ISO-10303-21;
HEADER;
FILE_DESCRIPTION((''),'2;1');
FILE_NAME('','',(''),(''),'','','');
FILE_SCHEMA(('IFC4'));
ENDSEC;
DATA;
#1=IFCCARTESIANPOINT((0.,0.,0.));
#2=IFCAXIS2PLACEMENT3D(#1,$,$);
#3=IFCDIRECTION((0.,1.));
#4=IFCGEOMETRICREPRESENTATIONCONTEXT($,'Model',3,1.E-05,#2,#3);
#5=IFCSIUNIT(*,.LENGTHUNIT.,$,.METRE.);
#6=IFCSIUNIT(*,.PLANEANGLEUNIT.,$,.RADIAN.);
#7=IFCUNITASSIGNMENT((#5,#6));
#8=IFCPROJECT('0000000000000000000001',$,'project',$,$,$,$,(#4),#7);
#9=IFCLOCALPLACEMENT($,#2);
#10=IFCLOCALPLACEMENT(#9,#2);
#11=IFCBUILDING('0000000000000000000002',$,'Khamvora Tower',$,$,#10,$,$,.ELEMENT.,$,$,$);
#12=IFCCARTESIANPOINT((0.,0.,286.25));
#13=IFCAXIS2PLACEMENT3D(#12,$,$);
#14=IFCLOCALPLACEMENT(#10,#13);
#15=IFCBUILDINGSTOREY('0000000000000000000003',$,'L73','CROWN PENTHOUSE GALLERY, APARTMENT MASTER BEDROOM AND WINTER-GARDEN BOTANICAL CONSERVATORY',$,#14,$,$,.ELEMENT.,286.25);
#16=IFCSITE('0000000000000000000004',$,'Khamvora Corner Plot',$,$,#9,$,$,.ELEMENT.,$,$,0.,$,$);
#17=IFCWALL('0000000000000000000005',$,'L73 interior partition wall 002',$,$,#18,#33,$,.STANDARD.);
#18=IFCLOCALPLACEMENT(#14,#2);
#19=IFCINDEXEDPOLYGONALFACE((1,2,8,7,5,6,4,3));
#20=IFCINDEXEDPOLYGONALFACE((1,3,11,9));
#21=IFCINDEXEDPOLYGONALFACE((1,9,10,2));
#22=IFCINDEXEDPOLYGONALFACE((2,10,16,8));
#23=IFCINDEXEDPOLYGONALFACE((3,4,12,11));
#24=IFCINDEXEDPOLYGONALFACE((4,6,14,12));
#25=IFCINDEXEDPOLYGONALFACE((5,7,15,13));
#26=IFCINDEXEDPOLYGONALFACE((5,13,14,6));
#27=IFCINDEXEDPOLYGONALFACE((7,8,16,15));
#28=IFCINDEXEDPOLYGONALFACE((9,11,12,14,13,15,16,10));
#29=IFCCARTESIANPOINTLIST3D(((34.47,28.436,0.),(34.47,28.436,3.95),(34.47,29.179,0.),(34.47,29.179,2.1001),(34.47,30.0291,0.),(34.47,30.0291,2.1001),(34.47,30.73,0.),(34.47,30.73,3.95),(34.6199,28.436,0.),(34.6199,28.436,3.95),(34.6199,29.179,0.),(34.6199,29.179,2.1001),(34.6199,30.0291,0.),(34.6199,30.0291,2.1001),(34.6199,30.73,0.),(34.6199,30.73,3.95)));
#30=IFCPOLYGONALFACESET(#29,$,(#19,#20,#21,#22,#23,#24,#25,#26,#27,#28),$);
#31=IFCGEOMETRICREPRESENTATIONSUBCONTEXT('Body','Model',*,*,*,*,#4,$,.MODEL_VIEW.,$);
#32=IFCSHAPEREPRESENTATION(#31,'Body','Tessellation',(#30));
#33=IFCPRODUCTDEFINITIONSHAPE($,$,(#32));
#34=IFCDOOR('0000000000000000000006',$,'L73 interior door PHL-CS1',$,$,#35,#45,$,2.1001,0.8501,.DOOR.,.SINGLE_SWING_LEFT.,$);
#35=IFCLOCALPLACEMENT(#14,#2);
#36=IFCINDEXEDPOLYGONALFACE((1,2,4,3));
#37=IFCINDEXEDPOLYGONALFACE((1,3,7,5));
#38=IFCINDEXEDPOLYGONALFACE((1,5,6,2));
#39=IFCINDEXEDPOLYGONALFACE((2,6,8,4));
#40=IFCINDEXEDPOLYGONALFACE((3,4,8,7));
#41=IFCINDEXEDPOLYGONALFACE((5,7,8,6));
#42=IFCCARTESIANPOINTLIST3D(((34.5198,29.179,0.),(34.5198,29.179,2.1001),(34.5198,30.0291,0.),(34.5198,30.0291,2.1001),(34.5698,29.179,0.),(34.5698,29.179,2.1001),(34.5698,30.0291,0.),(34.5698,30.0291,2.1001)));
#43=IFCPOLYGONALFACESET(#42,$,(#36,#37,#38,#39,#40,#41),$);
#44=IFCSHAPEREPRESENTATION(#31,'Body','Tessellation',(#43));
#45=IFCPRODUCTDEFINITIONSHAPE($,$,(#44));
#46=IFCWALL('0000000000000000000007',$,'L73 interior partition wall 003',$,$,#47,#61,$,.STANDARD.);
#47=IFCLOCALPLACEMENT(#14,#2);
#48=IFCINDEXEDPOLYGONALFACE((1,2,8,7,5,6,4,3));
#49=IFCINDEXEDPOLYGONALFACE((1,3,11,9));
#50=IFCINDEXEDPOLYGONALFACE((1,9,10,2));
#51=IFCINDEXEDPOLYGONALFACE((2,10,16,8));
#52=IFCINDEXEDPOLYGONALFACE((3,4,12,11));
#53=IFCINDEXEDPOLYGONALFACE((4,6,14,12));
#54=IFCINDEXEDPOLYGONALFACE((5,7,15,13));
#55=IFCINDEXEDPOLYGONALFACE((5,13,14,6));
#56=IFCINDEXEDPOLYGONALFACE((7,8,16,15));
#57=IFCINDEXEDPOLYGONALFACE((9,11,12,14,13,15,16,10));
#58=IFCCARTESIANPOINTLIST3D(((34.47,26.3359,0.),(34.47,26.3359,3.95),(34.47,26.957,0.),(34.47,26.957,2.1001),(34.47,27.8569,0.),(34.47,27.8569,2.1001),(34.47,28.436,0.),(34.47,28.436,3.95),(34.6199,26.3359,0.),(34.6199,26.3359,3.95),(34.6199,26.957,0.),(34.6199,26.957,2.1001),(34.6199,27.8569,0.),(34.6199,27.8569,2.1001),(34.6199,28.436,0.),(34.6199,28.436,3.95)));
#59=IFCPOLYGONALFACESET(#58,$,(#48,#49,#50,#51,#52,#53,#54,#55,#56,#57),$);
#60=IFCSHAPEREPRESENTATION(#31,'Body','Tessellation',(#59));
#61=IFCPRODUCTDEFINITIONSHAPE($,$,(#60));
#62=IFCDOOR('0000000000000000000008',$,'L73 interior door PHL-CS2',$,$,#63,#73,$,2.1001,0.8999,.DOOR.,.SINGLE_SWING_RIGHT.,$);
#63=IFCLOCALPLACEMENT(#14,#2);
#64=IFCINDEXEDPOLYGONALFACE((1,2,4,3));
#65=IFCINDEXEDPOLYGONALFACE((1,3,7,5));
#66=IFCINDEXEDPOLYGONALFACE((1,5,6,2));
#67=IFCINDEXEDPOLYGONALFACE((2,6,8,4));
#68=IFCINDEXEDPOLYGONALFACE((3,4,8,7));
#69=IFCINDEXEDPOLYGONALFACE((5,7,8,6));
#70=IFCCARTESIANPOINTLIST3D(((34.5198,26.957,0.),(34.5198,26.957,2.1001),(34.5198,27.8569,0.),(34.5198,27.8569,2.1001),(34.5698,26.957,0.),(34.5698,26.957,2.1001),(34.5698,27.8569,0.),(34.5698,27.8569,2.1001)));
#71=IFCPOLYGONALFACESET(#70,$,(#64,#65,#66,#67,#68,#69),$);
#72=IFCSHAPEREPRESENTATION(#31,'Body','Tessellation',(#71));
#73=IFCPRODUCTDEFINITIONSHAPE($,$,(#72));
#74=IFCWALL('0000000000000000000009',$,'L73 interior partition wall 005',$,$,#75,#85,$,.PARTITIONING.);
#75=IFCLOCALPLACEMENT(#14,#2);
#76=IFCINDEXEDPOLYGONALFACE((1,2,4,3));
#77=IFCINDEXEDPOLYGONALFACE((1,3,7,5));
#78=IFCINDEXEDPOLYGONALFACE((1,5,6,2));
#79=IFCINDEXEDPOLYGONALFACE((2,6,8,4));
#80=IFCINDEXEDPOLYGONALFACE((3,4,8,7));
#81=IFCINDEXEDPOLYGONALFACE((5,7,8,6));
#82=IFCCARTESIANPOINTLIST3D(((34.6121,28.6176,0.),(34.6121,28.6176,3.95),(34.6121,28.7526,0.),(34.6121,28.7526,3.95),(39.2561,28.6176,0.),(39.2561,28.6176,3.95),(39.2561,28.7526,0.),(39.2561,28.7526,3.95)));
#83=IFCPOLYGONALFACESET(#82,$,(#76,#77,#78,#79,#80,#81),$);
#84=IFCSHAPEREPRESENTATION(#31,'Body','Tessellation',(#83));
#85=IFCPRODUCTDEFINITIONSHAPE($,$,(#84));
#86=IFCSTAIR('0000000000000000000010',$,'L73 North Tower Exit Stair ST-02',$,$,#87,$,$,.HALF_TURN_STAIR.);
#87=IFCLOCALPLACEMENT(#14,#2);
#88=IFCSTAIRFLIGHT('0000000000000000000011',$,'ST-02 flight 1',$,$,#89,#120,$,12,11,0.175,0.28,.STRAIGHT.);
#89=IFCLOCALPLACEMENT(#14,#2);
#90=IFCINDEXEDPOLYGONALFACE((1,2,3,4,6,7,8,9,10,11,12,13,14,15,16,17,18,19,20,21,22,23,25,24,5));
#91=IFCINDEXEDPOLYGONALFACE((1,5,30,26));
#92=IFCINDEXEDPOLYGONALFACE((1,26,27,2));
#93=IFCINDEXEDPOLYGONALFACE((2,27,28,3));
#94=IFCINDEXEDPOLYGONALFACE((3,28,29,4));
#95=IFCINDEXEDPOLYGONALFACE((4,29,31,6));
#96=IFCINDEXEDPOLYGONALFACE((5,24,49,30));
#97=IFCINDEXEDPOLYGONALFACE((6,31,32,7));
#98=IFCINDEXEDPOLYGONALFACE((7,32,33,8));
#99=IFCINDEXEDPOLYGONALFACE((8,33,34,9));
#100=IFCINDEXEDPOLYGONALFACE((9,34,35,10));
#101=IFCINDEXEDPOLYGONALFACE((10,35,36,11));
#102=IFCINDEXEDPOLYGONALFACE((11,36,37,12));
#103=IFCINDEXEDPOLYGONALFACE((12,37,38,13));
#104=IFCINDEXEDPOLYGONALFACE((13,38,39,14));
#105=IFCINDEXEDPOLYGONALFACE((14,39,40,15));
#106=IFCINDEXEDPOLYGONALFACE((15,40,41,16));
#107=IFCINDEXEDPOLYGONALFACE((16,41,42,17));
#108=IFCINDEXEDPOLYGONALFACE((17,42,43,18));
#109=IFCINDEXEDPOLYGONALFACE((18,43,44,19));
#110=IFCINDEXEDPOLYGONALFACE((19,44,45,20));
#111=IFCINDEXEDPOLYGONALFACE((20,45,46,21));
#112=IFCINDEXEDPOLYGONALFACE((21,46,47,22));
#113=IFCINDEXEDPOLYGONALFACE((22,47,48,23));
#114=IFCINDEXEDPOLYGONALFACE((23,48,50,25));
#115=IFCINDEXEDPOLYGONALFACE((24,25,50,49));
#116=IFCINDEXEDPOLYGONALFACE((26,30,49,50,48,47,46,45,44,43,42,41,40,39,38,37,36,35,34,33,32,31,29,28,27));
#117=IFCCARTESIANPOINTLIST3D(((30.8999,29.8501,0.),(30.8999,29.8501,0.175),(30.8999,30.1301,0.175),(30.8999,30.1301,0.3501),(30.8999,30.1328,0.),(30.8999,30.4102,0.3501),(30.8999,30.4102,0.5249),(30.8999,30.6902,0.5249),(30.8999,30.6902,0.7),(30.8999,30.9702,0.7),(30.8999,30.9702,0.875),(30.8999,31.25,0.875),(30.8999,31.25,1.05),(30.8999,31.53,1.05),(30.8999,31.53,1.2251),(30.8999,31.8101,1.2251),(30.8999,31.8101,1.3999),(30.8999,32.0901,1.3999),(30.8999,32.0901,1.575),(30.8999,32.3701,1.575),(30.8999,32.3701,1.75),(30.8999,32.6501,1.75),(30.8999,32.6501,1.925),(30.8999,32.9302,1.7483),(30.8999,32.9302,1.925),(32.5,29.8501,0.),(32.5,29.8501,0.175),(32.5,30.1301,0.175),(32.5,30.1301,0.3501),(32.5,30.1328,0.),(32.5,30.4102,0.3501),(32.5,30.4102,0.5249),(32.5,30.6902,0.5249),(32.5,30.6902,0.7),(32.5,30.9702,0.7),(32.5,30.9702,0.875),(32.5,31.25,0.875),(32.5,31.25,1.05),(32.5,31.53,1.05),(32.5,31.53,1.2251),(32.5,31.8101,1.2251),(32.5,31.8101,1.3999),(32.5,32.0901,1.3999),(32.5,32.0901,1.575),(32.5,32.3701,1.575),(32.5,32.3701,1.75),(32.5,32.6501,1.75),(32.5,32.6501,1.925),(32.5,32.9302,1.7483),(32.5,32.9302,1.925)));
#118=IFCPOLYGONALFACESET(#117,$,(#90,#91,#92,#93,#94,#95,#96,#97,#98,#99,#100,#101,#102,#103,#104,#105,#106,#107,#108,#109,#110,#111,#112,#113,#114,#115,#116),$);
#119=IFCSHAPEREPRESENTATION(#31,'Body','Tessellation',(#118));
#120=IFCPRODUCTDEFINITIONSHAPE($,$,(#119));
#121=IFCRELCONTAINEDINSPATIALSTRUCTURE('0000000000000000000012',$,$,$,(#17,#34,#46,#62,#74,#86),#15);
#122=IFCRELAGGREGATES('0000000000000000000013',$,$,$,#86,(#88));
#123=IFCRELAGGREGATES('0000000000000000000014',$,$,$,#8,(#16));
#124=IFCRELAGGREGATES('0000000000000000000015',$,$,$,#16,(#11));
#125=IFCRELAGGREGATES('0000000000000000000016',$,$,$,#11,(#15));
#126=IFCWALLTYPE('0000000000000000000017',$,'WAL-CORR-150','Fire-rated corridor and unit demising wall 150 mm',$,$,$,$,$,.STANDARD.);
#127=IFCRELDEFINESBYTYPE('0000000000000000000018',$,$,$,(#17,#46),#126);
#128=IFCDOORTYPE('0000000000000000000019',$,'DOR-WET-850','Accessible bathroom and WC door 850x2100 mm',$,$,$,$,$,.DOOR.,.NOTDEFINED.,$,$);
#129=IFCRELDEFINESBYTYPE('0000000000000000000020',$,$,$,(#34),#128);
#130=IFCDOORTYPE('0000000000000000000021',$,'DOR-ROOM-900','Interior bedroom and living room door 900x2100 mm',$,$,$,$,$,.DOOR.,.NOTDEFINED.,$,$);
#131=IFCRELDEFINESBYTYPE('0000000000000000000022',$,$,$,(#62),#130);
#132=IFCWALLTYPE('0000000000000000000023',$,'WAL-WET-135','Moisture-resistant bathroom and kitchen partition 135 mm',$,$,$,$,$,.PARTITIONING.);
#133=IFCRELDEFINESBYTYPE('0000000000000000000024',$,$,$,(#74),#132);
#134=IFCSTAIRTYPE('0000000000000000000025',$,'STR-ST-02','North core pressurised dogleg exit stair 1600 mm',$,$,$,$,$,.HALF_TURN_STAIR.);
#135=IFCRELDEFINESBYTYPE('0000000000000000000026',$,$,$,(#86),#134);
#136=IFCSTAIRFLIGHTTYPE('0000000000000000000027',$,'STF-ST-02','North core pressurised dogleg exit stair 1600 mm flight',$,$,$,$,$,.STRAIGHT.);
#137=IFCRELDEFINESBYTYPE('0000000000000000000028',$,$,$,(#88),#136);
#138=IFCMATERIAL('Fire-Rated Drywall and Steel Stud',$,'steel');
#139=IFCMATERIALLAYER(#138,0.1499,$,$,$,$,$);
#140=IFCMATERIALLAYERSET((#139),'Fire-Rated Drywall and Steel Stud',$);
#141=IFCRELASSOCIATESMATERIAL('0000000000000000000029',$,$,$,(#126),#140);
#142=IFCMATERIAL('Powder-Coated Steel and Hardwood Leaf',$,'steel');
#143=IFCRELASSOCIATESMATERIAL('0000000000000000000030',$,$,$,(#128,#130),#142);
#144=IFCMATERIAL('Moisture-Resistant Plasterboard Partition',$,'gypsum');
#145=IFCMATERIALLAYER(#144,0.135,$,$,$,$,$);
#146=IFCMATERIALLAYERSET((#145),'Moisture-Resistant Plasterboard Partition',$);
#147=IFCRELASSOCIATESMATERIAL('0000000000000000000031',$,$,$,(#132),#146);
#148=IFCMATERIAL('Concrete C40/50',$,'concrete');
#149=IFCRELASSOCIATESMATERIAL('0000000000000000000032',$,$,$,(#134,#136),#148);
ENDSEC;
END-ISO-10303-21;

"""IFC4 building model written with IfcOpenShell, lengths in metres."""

from ifc_helpers import new_model, si_unit, direction, frame, frame_2d, origin, place, context, subcontext, project, spatial, polyline, rectangle, outline, extrude, material, layer, layer_set, type_object, element, fill, aggregate, save


model = new_model("IFC4")

# Units and contexts
model_context = context("Model", 3, precision=1e-05, world=origin(), true_north=direction((0.0, 1.0)))
body_context = subcontext(model_context, "Body", "Model", "MODEL_VIEW")
ifc_project = project(units=[si_unit("LENGTHUNIT", "METRE"), si_unit("PLANEANGLEUNIT", "RADIAN")], contexts=[model_context])

# Site, building, storey
site_placement = place(None, origin())
site = spatial("IfcSite", under=ifc_project, at=site_placement, Name="Khamvora Corner Plot", CompositionType="ELEMENT", RefElevation=0.0)
building_placement = place(site_placement, origin())
building = spatial("IfcBuilding", under=site, at=building_placement, Name="Khamvora Tower", CompositionType="ELEMENT")
storey_placement = place(building_placement, frame((0.0, 0.0, 286.25)))
storey = spatial("IfcBuildingStorey", under=building, at=storey_placement, Name="L73", Description="CROWN PENTHOUSE GALLERY, APARTMENT MASTER BEDROOM AND WINTER-GARDEN BOTANICAL CONSERVATORY", CompositionType="ELEMENT", Elevation=286.25)

# Shared definitions
ifc_material_1 = material(Name="Powder-Coated Steel and Hardwood Leaf", Category="steel")

# Shared definitions
ifc_material_2 = material(Name="Fire-Rated Drywall and Steel Stud", Category="steel")
ifc_layer_1 = layer(ifc_material_2, 0.1499)
ifc_layer_set_1 = layer_set([ifc_layer_1], Name="Fire-Rated Drywall and Steel Stud")
wall_type_1 = type_object("IfcWallType", Name="WAL-CORR-150", Description="Fire-rated corridor and unit demising wall 150 mm", PredefinedType="STANDARD", material=ifc_layer_set_1)

# Walls, openings, doors
wall_1_placement = place(storey_placement, frame((34.5449, 30.73, 0.0), z_axis=(0.0, 0.0, 1.0), x_axis=(0.0, -1.0, 0.0)))
wall_1 = element("IfcWall", 1, at=wall_1_placement, inside=storey, type_object=wall_type_1, Name="L73 interior partition wall 002", PredefinedType="STANDARD", context=body_context, shape_type="SweptSolid", body=[
    extrude(rectangle(XDim=2.2939, YDim=0.1499, at=frame_2d((1.147, 0.0))), origin(), (0.0, 0.0, 1.0), 3.95),
])
opening_1_placement = place(wall_1_placement, frame((0.7009, 0.0, 0.0)))
opening_1 = element("IfcOpeningElement", 2, at=opening_1_placement, cuts=wall_1, PredefinedType="OPENING", context=body_context, shape_type="SweptSolid", body=[
    extrude(rectangle(XDim=0.8501, YDim=2.1001, at=frame_2d((0.425, 1.05))), frame((0.0, 0.085, 0.0), z_axis=(0.0, -1.0, 0.0), x_axis=(1.0, 0.0, 0.0)), (0.0, 0.0, 1.0), 0.1699),
])
door_type_1 = type_object("IfcDoorType", Name="DOR-WET-850", Description="Accessible bathroom and WC door 850x2100 mm", OperationType="NOTDEFINED", PredefinedType="DOOR", material=ifc_material_1)
door_1_placement = place(opening_1_placement, origin())
door_1 = element("IfcDoor", 3, at=door_1_placement, inside=storey, type_object=door_type_1, Name="L73 interior door PHL-CS1", OperationType="SINGLE_SWING_LEFT", OverallHeight=2.1001, OverallWidth=0.8501, PredefinedType="DOOR", context=body_context, shape_type="SweptSolid", body=[
    extrude(rectangle(XDim=0.8501, YDim=2.1001, at=frame_2d((0.425, 1.05))), frame((0.0, 0.0249, 0.0), z_axis=(0.0, -1.0, 0.0), x_axis=(1.0, 0.0, 0.0)), (0.0, 0.0, 1.0), 0.05),
])
fill(opening_1, door_1)
wall_2_placement = place(storey_placement, frame((34.5449, 28.436, 0.0), z_axis=(0.0, 0.0, 1.0), x_axis=(0.0, -1.0, 0.0)))
wall_2 = element("IfcWall", 4, at=wall_2_placement, inside=storey, type_object=wall_type_1, Name="L73 interior partition wall 003", PredefinedType="STANDARD", context=body_context, shape_type="SweptSolid", body=[
    extrude(rectangle(XDim=2.1001, YDim=0.1499, at=frame_2d((1.05, 0.0))), origin(), (0.0, 0.0, 1.0), 3.95),
])
opening_2_placement = place(wall_2_placement, frame((0.5791, 0.0, 0.0)))
opening_2 = element("IfcOpeningElement", 5, at=opening_2_placement, cuts=wall_2, PredefinedType="OPENING", context=body_context, shape_type="SweptSolid", body=[
    extrude(rectangle(XDim=0.8999, YDim=2.1001, at=frame_2d((0.45, 1.05))), frame((0.0, 0.085, 0.0), z_axis=(0.0, -1.0, 0.0), x_axis=(1.0, 0.0, 0.0)), (0.0, 0.0, 1.0), 0.1699),
])
door_type_2 = type_object("IfcDoorType", Name="DOR-ROOM-900", Description="Interior bedroom and living room door 900x2100 mm", OperationType="NOTDEFINED", PredefinedType="DOOR", material=ifc_material_1)
door_2_placement = place(opening_2_placement, origin())
door_2 = element("IfcDoor", 6, at=door_2_placement, inside=storey, type_object=door_type_2, Name="L73 interior door PHL-CS2", OperationType="SINGLE_SWING_RIGHT", OverallHeight=2.1001, OverallWidth=0.8999, PredefinedType="DOOR", context=body_context, shape_type="SweptSolid", body=[
    extrude(rectangle(XDim=0.8999, YDim=2.1001, at=frame_2d((0.45, 1.05))), frame((0.0, 0.0249, 0.0), z_axis=(0.0, -1.0, 0.0), x_axis=(1.0, 0.0, 0.0)), (0.0, 0.0, 1.0), 0.05),
])
fill(opening_2, door_2)

# Wall
ifc_material_3 = material(Name="Moisture-Resistant Plasterboard Partition", Category="gypsum")
ifc_layer_2 = layer(ifc_material_3, 0.135)
ifc_layer_set_2 = layer_set([ifc_layer_2], Name="Moisture-Resistant Plasterboard Partition")
wall_type_2 = type_object("IfcWallType", Name="WAL-WET-135", Description="Moisture-resistant bathroom and kitchen partition 135 mm", PredefinedType="PARTITIONING", material=ifc_layer_set_2)
wall_3_placement = place(storey_placement, frame((39.2561, 28.6851, 0.0), z_axis=(0.0, 0.0, 1.0), x_axis=(-1.0, 0.0, 0.0)))
element("IfcWall", 7, at=wall_3_placement, inside=storey, type_object=wall_type_2, Name="L73 interior partition wall 005", PredefinedType="PARTITIONING", context=body_context, shape_type="SweptSolid", body=[
    extrude(rectangle(XDim=4.644, YDim=0.135, at=frame_2d((2.322, 0.0))), origin(), (0.0, 0.0, 1.0), 3.95),
])

# Stair, stair flight
ifc_material_4 = material(Name="Concrete C40/50", Category="concrete")
stair_type = type_object("IfcStairType", Name="STR-ST-02", Description="North core pressurised dogleg exit stair 1600 mm", PredefinedType="HALF_TURN_STAIR", material=ifc_material_4)
stair_placement = place(storey_placement, origin())
stair = element("IfcStair", 8, at=stair_placement, inside=storey, type_object=stair_type, Name="L73 North Tower Exit Stair ST-02", PredefinedType="HALF_TURN_STAIR")
stair_flight_type = type_object("IfcStairFlightType", Name="STF-ST-02", Description="North core pressurised dogleg exit stair 1600 mm flight", PredefinedType="STRAIGHT", material=ifc_material_4)
stair_flight_placement = place(storey_placement, frame((31.7, 29.8501, 0.0), z_axis=(0.0, 0.0, 1.0), x_axis=(0.0, 1.0, 0.0)))
stair_flight = element("IfcStairFlight", 9, at=stair_flight_placement, type_object=stair_flight_type, Name="ST-02 flight 1", NumberOfRisers=12, NumberOfTreads=11, PredefinedType="STRAIGHT", RiserHeight=0.175, TreadLength=0.28, context=body_context, shape_type="SweptSolid", body=[
    extrude(outline(polyline([(0.0, 0.0), (0.0, 0.175), (0.28, 0.175), (0.28, 0.3501), (0.5601, 0.3501), (0.5601, 0.5249), (0.8401, 0.5249), (0.8401, 0.7), (1.1201, 0.7), (1.1201, 0.875), (1.3999, 0.875), (1.3999, 1.05), (1.6799, 1.05), (1.6799, 1.2251), (1.96, 1.2251), (1.96, 1.3999), (2.24, 1.3999), (2.24, 1.575), (2.52, 1.575), (2.52, 1.75), (2.8, 1.75), (2.8, 1.925), (3.0801, 1.925), (3.0801, 2.1001), (3.0801, 1.7483), (0.2827, 0.0), (0.0, 0.0)])), frame((0.0, 0.8, 0.0), z_axis=(0.0, -1.0, 0.0), x_axis=(1.0, 0.0, 0.0)), (0.0, 0.0, 1.0), 1.6001),
])
aggregate(stair, [stair_flight])

save(model, "model.ifc")
